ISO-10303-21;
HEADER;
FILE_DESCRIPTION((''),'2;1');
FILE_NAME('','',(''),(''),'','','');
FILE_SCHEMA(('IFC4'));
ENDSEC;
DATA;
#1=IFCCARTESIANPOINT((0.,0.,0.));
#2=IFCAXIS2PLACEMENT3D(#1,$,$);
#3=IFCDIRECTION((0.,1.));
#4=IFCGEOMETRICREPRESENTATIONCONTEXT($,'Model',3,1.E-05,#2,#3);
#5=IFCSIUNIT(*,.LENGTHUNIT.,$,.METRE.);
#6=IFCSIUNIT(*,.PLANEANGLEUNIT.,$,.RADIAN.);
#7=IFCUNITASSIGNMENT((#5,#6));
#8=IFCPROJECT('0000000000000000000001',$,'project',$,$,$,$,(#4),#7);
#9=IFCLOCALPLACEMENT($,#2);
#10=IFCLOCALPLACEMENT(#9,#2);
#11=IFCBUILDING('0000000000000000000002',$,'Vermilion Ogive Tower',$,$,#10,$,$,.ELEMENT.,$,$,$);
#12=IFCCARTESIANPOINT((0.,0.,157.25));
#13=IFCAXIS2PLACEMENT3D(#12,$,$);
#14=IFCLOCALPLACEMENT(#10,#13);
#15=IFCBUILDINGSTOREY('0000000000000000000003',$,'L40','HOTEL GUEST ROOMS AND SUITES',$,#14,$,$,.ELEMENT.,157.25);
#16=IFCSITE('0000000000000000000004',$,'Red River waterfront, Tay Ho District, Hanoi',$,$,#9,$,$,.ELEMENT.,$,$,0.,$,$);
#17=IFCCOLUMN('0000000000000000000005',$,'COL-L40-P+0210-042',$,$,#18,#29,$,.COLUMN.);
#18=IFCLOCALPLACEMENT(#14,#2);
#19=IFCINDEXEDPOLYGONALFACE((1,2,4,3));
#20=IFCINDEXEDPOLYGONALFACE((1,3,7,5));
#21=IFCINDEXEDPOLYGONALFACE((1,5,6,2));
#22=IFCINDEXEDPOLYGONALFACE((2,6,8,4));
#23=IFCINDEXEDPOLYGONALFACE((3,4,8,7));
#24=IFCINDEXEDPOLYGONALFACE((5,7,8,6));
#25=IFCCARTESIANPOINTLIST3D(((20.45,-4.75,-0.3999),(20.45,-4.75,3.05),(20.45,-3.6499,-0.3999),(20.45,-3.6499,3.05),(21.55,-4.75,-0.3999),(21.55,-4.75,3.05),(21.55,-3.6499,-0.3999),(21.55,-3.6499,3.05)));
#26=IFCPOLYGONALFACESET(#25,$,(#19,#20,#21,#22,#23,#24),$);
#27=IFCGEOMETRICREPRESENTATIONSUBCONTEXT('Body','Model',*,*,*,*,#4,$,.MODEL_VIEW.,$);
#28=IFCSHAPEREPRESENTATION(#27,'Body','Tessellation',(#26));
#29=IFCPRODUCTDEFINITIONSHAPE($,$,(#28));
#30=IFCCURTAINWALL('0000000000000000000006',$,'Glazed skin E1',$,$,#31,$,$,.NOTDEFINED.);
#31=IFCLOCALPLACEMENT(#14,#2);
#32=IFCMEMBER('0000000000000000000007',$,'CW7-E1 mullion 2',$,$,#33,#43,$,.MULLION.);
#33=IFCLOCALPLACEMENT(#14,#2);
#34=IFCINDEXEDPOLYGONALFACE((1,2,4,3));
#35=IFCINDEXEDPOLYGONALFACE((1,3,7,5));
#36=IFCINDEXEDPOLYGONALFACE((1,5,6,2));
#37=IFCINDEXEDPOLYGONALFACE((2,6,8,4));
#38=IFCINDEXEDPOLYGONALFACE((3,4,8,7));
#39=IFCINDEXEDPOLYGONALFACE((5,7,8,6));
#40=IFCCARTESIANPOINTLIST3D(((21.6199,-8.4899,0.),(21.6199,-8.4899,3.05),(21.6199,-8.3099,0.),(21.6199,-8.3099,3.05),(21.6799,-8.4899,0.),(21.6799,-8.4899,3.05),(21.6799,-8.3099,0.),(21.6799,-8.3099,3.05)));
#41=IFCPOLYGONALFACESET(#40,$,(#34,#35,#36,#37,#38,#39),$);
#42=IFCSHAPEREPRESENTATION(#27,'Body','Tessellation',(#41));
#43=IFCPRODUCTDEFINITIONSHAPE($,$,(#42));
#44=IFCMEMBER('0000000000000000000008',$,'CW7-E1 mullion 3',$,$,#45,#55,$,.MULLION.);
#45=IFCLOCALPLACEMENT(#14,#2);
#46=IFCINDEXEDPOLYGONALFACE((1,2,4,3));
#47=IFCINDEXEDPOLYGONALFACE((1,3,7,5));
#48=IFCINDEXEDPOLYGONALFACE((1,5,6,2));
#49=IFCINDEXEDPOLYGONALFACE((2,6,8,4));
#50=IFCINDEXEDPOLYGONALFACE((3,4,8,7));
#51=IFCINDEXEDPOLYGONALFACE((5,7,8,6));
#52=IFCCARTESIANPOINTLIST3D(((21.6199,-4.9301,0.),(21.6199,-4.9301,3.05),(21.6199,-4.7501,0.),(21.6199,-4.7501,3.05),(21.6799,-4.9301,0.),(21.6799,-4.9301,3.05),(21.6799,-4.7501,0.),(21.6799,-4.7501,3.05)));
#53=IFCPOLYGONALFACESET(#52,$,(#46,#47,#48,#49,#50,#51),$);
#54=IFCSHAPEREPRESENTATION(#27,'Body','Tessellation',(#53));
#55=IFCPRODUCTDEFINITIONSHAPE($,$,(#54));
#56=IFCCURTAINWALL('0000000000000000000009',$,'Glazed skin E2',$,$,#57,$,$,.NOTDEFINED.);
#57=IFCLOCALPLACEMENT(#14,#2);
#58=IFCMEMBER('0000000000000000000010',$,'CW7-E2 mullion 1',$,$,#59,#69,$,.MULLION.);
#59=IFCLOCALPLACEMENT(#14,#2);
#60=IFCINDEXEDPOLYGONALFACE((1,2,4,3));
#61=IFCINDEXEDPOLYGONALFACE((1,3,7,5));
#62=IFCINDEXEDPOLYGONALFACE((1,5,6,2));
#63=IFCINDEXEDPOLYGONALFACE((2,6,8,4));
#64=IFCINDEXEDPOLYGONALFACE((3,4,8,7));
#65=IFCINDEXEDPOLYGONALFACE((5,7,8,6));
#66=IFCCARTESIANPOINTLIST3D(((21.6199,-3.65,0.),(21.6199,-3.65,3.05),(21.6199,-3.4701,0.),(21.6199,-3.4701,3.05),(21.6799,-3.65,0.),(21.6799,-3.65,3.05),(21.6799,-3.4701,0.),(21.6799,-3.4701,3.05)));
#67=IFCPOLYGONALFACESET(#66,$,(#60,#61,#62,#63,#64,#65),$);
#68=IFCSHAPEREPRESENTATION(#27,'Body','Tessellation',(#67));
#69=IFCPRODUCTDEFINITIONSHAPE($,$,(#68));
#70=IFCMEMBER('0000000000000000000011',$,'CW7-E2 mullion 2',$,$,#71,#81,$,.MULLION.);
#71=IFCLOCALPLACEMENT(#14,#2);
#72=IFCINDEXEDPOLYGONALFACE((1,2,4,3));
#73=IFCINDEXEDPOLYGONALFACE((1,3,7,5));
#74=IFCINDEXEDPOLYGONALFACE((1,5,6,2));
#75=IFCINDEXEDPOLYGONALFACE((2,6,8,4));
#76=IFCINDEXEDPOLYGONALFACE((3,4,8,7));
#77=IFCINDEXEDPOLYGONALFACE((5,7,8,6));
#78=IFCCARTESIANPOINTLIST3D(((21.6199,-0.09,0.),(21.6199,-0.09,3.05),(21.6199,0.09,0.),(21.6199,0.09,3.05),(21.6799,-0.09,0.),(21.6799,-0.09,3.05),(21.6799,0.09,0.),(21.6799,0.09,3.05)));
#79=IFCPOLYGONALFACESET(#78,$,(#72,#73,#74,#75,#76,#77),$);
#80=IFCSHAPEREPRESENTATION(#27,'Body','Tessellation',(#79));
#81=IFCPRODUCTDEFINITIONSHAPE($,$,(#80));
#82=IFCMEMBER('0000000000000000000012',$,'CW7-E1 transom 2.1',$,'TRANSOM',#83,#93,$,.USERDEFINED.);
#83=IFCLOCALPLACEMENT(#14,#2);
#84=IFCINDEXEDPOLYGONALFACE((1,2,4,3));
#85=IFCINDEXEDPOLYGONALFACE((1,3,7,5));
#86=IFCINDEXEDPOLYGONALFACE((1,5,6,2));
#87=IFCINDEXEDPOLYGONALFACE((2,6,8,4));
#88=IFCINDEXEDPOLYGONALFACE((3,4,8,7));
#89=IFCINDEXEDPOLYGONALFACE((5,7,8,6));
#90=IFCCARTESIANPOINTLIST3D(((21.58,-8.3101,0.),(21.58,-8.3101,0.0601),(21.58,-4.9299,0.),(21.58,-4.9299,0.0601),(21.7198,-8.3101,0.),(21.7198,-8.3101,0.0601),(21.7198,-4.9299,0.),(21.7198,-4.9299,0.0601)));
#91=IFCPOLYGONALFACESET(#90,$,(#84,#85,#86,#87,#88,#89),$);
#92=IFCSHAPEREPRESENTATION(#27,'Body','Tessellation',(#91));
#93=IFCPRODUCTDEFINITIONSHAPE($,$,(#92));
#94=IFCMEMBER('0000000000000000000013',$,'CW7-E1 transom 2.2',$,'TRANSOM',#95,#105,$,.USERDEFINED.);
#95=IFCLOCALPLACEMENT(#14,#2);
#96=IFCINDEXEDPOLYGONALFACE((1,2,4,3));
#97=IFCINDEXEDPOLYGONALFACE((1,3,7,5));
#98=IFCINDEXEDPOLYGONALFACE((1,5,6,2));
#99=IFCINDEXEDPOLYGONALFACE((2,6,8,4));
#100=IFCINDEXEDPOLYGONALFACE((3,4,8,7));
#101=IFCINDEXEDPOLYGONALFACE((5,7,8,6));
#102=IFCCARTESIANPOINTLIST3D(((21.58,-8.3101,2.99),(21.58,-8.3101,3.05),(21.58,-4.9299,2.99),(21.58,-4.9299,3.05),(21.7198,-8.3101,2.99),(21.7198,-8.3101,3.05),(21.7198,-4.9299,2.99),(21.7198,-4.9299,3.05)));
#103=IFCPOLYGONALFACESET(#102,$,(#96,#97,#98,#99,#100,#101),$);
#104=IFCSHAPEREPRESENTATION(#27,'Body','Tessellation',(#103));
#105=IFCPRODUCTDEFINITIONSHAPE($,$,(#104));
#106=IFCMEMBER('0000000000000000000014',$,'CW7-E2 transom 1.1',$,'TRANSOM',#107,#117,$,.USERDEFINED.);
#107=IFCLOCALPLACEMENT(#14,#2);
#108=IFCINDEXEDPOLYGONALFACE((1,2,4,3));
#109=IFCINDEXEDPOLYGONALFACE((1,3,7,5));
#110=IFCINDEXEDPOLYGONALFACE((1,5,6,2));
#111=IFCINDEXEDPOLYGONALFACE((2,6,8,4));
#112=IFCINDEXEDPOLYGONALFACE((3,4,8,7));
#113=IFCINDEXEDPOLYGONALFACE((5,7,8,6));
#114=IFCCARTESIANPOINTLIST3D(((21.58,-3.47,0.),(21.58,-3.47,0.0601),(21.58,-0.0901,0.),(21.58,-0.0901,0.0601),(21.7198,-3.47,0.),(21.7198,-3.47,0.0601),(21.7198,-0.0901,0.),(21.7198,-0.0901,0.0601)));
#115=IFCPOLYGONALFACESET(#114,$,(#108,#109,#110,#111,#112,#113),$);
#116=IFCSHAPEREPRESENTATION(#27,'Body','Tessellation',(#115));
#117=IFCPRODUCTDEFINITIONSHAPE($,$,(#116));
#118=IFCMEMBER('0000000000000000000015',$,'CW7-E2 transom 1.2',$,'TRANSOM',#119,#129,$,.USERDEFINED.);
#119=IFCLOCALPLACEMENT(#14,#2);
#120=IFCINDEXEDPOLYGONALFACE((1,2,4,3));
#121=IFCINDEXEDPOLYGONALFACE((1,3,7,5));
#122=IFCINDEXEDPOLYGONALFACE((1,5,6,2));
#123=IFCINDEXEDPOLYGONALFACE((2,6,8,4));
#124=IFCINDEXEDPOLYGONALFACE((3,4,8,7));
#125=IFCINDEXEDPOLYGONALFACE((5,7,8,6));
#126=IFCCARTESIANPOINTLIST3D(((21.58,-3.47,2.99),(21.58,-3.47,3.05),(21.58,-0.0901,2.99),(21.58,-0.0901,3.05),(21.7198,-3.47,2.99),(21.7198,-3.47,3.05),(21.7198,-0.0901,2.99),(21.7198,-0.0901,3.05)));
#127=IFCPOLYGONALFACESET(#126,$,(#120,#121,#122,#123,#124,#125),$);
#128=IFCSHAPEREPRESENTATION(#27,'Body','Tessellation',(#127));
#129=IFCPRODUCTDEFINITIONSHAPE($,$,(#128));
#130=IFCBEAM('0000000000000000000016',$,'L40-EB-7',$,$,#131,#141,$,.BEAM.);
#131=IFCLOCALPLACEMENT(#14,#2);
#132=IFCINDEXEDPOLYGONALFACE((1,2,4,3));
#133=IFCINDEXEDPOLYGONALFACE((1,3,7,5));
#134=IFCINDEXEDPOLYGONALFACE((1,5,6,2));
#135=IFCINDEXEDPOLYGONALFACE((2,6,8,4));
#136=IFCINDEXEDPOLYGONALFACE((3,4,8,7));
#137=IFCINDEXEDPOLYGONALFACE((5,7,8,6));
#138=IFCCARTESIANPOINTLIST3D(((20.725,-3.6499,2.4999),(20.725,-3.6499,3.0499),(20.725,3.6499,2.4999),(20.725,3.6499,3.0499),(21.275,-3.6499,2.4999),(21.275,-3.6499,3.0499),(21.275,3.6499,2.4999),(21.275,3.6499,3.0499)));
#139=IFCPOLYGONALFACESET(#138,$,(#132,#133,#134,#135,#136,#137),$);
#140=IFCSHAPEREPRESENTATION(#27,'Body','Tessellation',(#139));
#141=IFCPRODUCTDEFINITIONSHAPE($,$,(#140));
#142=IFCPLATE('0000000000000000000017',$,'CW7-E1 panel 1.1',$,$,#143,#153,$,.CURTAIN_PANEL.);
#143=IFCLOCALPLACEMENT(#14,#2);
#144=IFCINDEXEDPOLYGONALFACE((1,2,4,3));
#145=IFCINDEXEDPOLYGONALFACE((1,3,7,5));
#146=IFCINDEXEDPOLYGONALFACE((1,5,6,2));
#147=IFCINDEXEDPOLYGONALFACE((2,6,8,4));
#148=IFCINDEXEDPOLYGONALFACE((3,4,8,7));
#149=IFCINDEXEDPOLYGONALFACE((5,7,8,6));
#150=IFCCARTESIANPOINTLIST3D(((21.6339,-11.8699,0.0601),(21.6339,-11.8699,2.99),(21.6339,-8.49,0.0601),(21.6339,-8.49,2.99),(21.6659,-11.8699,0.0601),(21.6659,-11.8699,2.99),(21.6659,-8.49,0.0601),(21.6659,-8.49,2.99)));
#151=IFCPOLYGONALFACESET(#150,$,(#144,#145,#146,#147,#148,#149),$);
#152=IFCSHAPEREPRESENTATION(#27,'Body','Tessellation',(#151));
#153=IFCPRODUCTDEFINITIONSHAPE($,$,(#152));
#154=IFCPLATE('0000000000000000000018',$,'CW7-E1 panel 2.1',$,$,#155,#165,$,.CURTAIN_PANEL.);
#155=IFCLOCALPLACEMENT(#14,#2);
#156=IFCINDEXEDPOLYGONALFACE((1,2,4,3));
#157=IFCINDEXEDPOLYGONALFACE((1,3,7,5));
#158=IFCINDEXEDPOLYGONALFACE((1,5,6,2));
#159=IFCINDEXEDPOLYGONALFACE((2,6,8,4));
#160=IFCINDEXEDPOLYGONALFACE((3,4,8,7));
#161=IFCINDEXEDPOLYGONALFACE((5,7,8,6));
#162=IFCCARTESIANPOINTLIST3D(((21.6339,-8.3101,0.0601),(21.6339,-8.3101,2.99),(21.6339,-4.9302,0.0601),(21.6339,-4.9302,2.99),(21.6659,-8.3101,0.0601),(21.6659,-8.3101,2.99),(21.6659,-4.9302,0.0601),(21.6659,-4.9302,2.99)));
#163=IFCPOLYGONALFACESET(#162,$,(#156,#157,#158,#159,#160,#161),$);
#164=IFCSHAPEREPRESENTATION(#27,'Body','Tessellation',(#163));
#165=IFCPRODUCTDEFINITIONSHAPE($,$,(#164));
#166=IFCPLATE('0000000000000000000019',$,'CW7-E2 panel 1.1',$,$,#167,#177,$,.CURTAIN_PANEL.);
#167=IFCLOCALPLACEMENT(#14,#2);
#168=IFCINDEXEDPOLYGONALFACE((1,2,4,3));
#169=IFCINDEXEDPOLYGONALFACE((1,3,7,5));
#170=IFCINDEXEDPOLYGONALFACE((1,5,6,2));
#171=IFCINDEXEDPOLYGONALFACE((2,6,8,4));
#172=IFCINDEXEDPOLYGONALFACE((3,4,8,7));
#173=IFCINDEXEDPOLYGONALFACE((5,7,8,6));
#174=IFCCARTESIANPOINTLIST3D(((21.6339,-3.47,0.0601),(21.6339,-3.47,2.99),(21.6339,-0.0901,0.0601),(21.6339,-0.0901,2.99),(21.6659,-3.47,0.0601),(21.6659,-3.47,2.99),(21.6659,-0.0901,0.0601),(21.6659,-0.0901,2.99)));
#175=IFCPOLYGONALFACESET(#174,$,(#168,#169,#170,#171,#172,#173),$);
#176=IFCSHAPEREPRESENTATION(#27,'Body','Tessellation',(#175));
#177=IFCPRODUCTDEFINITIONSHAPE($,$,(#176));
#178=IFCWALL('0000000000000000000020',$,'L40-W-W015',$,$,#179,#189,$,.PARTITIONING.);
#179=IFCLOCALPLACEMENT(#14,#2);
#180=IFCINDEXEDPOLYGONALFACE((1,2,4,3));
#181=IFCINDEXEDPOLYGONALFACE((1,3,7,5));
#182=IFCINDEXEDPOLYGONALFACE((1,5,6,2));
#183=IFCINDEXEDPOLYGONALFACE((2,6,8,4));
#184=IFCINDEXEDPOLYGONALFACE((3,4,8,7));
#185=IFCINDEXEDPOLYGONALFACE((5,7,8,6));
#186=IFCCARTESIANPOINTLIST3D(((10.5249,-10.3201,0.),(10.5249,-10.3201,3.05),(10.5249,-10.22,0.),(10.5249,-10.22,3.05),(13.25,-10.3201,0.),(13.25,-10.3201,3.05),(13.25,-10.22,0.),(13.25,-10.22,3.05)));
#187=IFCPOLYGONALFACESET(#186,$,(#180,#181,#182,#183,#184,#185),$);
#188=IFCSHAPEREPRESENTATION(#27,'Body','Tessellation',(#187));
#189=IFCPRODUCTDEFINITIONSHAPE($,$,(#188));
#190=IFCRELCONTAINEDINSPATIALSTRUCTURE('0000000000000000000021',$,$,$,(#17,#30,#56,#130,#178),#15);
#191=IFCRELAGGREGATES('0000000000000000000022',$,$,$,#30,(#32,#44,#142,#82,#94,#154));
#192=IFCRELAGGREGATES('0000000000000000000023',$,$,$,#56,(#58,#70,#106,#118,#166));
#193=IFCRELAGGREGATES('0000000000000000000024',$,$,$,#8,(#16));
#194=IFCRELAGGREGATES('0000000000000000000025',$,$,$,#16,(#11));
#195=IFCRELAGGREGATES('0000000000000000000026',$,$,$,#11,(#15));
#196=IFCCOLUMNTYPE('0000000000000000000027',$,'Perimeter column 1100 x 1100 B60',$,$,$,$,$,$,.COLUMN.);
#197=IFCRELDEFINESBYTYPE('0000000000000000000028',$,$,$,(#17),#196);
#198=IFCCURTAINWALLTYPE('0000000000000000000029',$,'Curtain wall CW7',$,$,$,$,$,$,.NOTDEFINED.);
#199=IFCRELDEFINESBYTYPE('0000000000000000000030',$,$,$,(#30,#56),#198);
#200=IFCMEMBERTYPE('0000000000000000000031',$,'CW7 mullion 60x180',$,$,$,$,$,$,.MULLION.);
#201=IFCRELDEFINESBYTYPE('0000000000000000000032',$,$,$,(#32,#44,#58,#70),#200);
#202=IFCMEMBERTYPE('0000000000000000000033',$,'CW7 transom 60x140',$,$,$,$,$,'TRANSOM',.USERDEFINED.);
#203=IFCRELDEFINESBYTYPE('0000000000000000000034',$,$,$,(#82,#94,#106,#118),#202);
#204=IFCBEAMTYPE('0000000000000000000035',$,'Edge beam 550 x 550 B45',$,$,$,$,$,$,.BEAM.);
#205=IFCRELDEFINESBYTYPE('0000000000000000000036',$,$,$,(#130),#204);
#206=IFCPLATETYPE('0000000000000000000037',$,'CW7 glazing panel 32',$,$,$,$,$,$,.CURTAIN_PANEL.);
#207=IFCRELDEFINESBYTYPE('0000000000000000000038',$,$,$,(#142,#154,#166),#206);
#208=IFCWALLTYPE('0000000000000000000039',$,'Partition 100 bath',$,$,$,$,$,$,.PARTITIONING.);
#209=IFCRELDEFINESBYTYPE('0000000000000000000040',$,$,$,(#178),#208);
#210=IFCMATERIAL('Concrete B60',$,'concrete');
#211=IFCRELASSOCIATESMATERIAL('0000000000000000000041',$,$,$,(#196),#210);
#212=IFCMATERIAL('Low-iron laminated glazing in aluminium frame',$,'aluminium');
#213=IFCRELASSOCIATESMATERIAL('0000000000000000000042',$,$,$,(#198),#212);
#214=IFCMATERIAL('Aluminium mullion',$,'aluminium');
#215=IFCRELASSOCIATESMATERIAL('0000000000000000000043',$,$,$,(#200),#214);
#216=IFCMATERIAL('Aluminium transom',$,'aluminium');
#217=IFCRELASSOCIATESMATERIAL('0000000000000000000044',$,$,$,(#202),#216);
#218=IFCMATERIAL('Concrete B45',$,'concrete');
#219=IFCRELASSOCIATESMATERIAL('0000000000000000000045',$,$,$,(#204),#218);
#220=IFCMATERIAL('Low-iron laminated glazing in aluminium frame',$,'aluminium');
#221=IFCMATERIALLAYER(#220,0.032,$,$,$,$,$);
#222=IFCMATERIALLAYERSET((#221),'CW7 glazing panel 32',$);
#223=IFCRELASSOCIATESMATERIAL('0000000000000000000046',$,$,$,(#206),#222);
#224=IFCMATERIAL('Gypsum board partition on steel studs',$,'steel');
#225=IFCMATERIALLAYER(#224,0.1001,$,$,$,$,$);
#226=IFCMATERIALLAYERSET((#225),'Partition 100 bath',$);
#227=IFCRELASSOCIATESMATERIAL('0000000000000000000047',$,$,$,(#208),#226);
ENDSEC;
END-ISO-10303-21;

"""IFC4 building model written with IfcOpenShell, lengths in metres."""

from ifc_helpers import new_model, si_unit, direction, frame, frame_2d, origin, origin_2d, place, context, subcontext, project, spatial, rectangle, extrude, material, layer, layer_set, material_profile, profile_set, type_object, element, aggregate, save


model = new_model("IFC4")

# Units and contexts
model_context = context("Model", 3, precision=1e-05, world=origin(), true_north=direction((0.0, 1.0)))
body_context = subcontext(model_context, "Body", "Model", "MODEL_VIEW")
ifc_project = project(units=[si_unit("LENGTHUNIT", "METRE"), si_unit("PLANEANGLEUNIT", "RADIAN")], contexts=[model_context])

# Site, building, storey
site_placement = place(None, origin())
site = spatial("IfcSite", under=ifc_project, at=site_placement, Name="Red River waterfront, Tay Ho District, Hanoi", CompositionType="ELEMENT", RefElevation=0.0)
building_placement = place(site_placement, origin())
building = spatial("IfcBuilding", under=site, at=building_placement, Name="Vermilion Ogive Tower", CompositionType="ELEMENT")
storey_placement = place(building_placement, frame((0.0, 0.0, 157.25)))
storey = spatial("IfcBuildingStorey", under=building, at=storey_placement, Name="L40", Description="HOTEL GUEST ROOMS AND SUITES", CompositionType="ELEMENT", Elevation=157.25)

# Column
ifc_material_1 = material(Name="Concrete B60", Category="concrete")
ifc_material_profile_1 = material_profile(ifc_material_1, rectangle(XDim=1.1001, YDim=1.1001, at=origin_2d()), Name="1100 x 1100")
ifc_profile_set_1 = profile_set([ifc_material_profile_1], Name="Concrete B60")
column_type = type_object("IfcColumnType", Name="Perimeter column 1100 x 1100 B60", PredefinedType="COLUMN", material=ifc_profile_set_1)
column_placement = place(storey_placement, frame((21.0, -4.2, -0.3999), z_axis=(0.0, 0.0, 1.0), x_axis=(1.0, 0.0, 0.0)))
element("IfcColumn", 1, at=column_placement, inside=storey, type_object=column_type, Name="COL-L40-P+0210-042", PredefinedType="COLUMN", context=body_context, shape_type="SweptSolid", body=[
    extrude(rectangle(XDim=1.1001, YDim=1.1001, at=origin_2d()), origin(), (0.0, 0.0, 1.0), 3.45),
])

# Curtain walls, members
ifc_material_2 = material(Name="Low-iron laminated glazing in aluminium frame", Category="aluminium")
curtain_wall_type = type_object("IfcCurtainWallType", Name="Curtain wall CW7", PredefinedType="NOTDEFINED", material=ifc_material_2)
curtain_wall_1_placement = place(storey_placement, origin())
curtain_wall_1 = element("IfcCurtainWall", 2, at=curtain_wall_1_placement, inside=storey, type_object=curtain_wall_type, Name="Glazed skin E1", PredefinedType="NOTDEFINED")
ifc_material_3 = material(Name="Aluminium mullion", Category="aluminium")
ifc_material_profile_2 = material_profile(ifc_material_3, rectangle(XDim=0.0601, YDim=0.1799, at=origin_2d()), Name="AL 60x180")
ifc_profile_set_2 = profile_set([ifc_material_profile_2], Name="Aluminium mullion")
member_type_1 = type_object("IfcMemberType", Name="CW7 mullion 60x180", PredefinedType="MULLION", material=ifc_profile_set_2)
member_1_placement = place(storey_placement, frame((21.6499, -8.3999, 0.0), z_axis=(0.0, 0.0, 1.0), x_axis=(-1.0, 0.0, 0.0)))
member_1 = element("IfcMember", 3, at=member_1_placement, type_object=member_type_1, Name="CW7-E1 mullion 2", PredefinedType="MULLION", context=body_context, shape_type="SweptSolid", body=[
    extrude(rectangle(XDim=0.0601, YDim=0.1799, at=origin_2d()), origin(), (0.0, 0.0, 1.0), 3.05),
])
member_2_placement = place(storey_placement, frame((21.6499, -4.8401, 0.0), z_axis=(0.0, 0.0, 1.0), x_axis=(-1.0, 0.0, 0.0)))
member_2 = element("IfcMember", 4, at=member_2_placement, type_object=member_type_1, Name="CW7-E1 mullion 3", PredefinedType="MULLION", context=body_context, shape_type="SweptSolid", body=[
    extrude(rectangle(XDim=0.0601, YDim=0.1799, at=origin_2d()), origin(), (0.0, 0.0, 1.0), 3.05),
])
curtain_wall_2_placement = place(storey_placement, origin())
curtain_wall_2 = element("IfcCurtainWall", 5, at=curtain_wall_2_placement, inside=storey, type_object=curtain_wall_type, Name="Glazed skin E2", PredefinedType="NOTDEFINED")
member_3_placement = place(storey_placement, frame((21.6499, -3.5601, 0.0), z_axis=(0.0, 0.0, 1.0), x_axis=(-1.0, 0.0, 0.0)))
member_3 = element("IfcMember", 6, at=member_3_placement, type_object=member_type_1, Name="CW7-E2 mullion 1", PredefinedType="MULLION", context=body_context, shape_type="SweptSolid", body=[
    extrude(rectangle(XDim=0.0601, YDim=0.1799, at=origin_2d()), origin(), (0.0, 0.0, 1.0), 3.05),
])
member_4_placement = place(storey_placement, frame((21.6499, 0.0, 0.0), z_axis=(0.0, 0.0, 1.0), x_axis=(-1.0, 0.0, 0.0)))
member_4 = element("IfcMember", 7, at=member_4_placement, type_object=member_type_1, Name="CW7-E2 mullion 2", PredefinedType="MULLION", context=body_context, shape_type="SweptSolid", body=[
    extrude(rectangle(XDim=0.0601, YDim=0.1799, at=origin_2d()), origin(), (0.0, 0.0, 1.0), 3.05),
])

# Members
ifc_material_4 = material(Name="Aluminium transom", Category="aluminium")
ifc_material_profile_3 = material_profile(ifc_material_4, rectangle(XDim=0.1399, YDim=0.0601, at=origin_2d()), Name="AL 60x140")
ifc_profile_set_3 = profile_set([ifc_material_profile_3], Name="Aluminium transom")
member_type_2 = type_object("IfcMemberType", Name="CW7 transom 60x140", ElementType="TRANSOM", PredefinedType="USERDEFINED", material=ifc_profile_set_3)
member_5_placement = place(storey_placement, frame((21.6499, -8.3101, 0.03), z_axis=(0.0, 1.0, 0.0), x_axis=(-1.0, 0.0, 0.0)))
member_5 = element("IfcMember", 8, at=member_5_placement, type_object=member_type_2, Name="CW7-E1 transom 2.1", ObjectType="TRANSOM", PredefinedType="USERDEFINED", context=body_context, shape_type="SweptSolid", body=[
    extrude(rectangle(XDim=0.1399, YDim=0.0601, at=origin_2d()), origin(), (0.0, 0.0, 1.0), 3.3801),
])
member_6_placement = place(storey_placement, frame((21.6499, -8.3101, 3.02), z_axis=(0.0, 1.0, 0.0), x_axis=(-1.0, 0.0, 0.0)))
member_6 = element("IfcMember", 9, at=member_6_placement, type_object=member_type_2, Name="CW7-E1 transom 2.2", ObjectType="TRANSOM", PredefinedType="USERDEFINED", context=body_context, shape_type="SweptSolid", body=[
    extrude(rectangle(XDim=0.1399, YDim=0.0601, at=origin_2d()), origin(), (0.0, 0.0, 1.0), 3.3801),
])
member_7_placement = place(storey_placement, frame((21.6499, -3.47, 0.03), z_axis=(0.0, 1.0, 0.0), x_axis=(-1.0, 0.0, 0.0)))
member_7 = element("IfcMember", 10, at=member_7_placement, type_object=member_type_2, Name="CW7-E2 transom 1.1", ObjectType="TRANSOM", PredefinedType="USERDEFINED", context=body_context, shape_type="SweptSolid", body=[
    extrude(rectangle(XDim=0.1399, YDim=0.0601, at=origin_2d()), origin(), (0.0, 0.0, 1.0), 3.3799),
])
member_8_placement = place(storey_placement, frame((21.6499, -3.47, 3.02), z_axis=(0.0, 1.0, 0.0), x_axis=(-1.0, 0.0, 0.0)))
member_8 = element("IfcMember", 11, at=member_8_placement, type_object=member_type_2, Name="CW7-E2 transom 1.2", ObjectType="TRANSOM", PredefinedType="USERDEFINED", context=body_context, shape_type="SweptSolid", body=[
    extrude(rectangle(XDim=0.1399, YDim=0.0601, at=origin_2d()), origin(), (0.0, 0.0, 1.0), 3.3799),
])

# Beam
ifc_material_5 = material(Name="Concrete B45", Category="concrete")
ifc_material_profile_4 = material_profile(ifc_material_5, rectangle(XDim=0.55, YDim=0.55, at=origin_2d()), Name="550 x 550")
ifc_profile_set_4 = profile_set([ifc_material_profile_4], Name="Concrete B45")
beam_type = type_object("IfcBeamType", Name="Edge beam 550 x 550 B45", PredefinedType="BEAM", material=ifc_profile_set_4)
beam_placement = place(storey_placement, frame((21.0, -3.6499, 2.7749), z_axis=(0.0, 1.0, 0.0), x_axis=(-1.0, 0.0, 0.0)))
element("IfcBeam", 12, at=beam_placement, inside=storey, type_object=beam_type, Name="L40-EB-7", PredefinedType="BEAM", context=body_context, shape_type="SweptSolid", body=[
    extrude(rectangle(XDim=0.55, YDim=0.55, at=origin_2d()), origin(), (0.0, 0.0, 1.0), 7.2998),
])

# Plates
ifc_material_6 = material(Name="Low-iron laminated glazing in aluminium frame", Category="aluminium")
ifc_layer_1 = layer(ifc_material_6, 0.032)
ifc_layer_set_1 = layer_set([ifc_layer_1], Name="CW7 glazing panel 32")
plate_type = type_object("IfcPlateType", Name="CW7 glazing panel 32", PredefinedType="CURTAIN_PANEL", material=ifc_layer_set_1)
plate_1_placement = place(storey_placement, frame((21.6499, -10.1799, 0.0601), z_axis=(0.0, 0.0, 1.0), x_axis=(0.0, 1.0, 0.0)))
plate_1 = element("IfcPlate", 13, at=plate_1_placement, type_object=plate_type, Name="CW7-E1 panel 1.1", PredefinedType="CURTAIN_PANEL", context=body_context, shape_type="SweptSolid", body=[
    extrude(rectangle(XDim=3.3799, YDim=0.032, at=origin_2d()), origin(), (0.0, 0.0, 1.0), 2.9299),
])
plate_2_placement = place(storey_placement, frame((21.6499, -6.6201, 0.0601), z_axis=(0.0, 0.0, 1.0), x_axis=(0.0, 1.0, 0.0)))
plate_2 = element("IfcPlate", 14, at=plate_2_placement, type_object=plate_type, Name="CW7-E1 panel 2.1", PredefinedType="CURTAIN_PANEL", context=body_context, shape_type="SweptSolid", body=[
    extrude(rectangle(XDim=3.3799, YDim=0.032, at=origin_2d()), origin(), (0.0, 0.0, 1.0), 2.9299),
])
aggregate(curtain_wall_1, [member_1, member_2, plate_1, member_5, member_6, plate_2])
plate_3_placement = place(storey_placement, frame((21.6499, -1.78, 0.0601), z_axis=(0.0, 0.0, 1.0), x_axis=(0.0, 1.0, 0.0)))
plate_3 = element("IfcPlate", 15, at=plate_3_placement, type_object=plate_type, Name="CW7-E2 panel 1.1", PredefinedType="CURTAIN_PANEL", context=body_context, shape_type="SweptSolid", body=[
    extrude(rectangle(XDim=3.3799, YDim=0.032, at=origin_2d()), origin(), (0.0, 0.0, 1.0), 2.9299),
])
aggregate(curtain_wall_2, [member_3, member_4, member_7, member_8, plate_3])

# Wall
ifc_material_7 = material(Name="Gypsum board partition on steel studs", Category="steel")
ifc_layer_2 = layer(ifc_material_7, 0.1001)
ifc_layer_set_2 = layer_set([ifc_layer_2], Name="Partition 100 bath")
wall_type_1 = type_object("IfcWallType", Name="Partition 100 bath", PredefinedType="PARTITIONING", material=ifc_layer_set_2)
wall_1_placement = place(storey_placement, frame((10.5249, -10.27, 0.0), z_axis=(0.0, 0.0, 1.0), x_axis=(1.0, 0.0, 0.0)))
element("IfcWall", 16, at=wall_1_placement, inside=storey, type_object=wall_type_1, Name="L40-W-W015", PredefinedType="PARTITIONING", context=body_context, shape_type="SweptSolid", body=[
    extrude(rectangle(XDim=2.7251, YDim=0.1001, at=frame_2d((1.3625, 0.0))), origin(), (0.0, 0.0, 1.0), 3.05),
])

save(model, "model.ifc")
